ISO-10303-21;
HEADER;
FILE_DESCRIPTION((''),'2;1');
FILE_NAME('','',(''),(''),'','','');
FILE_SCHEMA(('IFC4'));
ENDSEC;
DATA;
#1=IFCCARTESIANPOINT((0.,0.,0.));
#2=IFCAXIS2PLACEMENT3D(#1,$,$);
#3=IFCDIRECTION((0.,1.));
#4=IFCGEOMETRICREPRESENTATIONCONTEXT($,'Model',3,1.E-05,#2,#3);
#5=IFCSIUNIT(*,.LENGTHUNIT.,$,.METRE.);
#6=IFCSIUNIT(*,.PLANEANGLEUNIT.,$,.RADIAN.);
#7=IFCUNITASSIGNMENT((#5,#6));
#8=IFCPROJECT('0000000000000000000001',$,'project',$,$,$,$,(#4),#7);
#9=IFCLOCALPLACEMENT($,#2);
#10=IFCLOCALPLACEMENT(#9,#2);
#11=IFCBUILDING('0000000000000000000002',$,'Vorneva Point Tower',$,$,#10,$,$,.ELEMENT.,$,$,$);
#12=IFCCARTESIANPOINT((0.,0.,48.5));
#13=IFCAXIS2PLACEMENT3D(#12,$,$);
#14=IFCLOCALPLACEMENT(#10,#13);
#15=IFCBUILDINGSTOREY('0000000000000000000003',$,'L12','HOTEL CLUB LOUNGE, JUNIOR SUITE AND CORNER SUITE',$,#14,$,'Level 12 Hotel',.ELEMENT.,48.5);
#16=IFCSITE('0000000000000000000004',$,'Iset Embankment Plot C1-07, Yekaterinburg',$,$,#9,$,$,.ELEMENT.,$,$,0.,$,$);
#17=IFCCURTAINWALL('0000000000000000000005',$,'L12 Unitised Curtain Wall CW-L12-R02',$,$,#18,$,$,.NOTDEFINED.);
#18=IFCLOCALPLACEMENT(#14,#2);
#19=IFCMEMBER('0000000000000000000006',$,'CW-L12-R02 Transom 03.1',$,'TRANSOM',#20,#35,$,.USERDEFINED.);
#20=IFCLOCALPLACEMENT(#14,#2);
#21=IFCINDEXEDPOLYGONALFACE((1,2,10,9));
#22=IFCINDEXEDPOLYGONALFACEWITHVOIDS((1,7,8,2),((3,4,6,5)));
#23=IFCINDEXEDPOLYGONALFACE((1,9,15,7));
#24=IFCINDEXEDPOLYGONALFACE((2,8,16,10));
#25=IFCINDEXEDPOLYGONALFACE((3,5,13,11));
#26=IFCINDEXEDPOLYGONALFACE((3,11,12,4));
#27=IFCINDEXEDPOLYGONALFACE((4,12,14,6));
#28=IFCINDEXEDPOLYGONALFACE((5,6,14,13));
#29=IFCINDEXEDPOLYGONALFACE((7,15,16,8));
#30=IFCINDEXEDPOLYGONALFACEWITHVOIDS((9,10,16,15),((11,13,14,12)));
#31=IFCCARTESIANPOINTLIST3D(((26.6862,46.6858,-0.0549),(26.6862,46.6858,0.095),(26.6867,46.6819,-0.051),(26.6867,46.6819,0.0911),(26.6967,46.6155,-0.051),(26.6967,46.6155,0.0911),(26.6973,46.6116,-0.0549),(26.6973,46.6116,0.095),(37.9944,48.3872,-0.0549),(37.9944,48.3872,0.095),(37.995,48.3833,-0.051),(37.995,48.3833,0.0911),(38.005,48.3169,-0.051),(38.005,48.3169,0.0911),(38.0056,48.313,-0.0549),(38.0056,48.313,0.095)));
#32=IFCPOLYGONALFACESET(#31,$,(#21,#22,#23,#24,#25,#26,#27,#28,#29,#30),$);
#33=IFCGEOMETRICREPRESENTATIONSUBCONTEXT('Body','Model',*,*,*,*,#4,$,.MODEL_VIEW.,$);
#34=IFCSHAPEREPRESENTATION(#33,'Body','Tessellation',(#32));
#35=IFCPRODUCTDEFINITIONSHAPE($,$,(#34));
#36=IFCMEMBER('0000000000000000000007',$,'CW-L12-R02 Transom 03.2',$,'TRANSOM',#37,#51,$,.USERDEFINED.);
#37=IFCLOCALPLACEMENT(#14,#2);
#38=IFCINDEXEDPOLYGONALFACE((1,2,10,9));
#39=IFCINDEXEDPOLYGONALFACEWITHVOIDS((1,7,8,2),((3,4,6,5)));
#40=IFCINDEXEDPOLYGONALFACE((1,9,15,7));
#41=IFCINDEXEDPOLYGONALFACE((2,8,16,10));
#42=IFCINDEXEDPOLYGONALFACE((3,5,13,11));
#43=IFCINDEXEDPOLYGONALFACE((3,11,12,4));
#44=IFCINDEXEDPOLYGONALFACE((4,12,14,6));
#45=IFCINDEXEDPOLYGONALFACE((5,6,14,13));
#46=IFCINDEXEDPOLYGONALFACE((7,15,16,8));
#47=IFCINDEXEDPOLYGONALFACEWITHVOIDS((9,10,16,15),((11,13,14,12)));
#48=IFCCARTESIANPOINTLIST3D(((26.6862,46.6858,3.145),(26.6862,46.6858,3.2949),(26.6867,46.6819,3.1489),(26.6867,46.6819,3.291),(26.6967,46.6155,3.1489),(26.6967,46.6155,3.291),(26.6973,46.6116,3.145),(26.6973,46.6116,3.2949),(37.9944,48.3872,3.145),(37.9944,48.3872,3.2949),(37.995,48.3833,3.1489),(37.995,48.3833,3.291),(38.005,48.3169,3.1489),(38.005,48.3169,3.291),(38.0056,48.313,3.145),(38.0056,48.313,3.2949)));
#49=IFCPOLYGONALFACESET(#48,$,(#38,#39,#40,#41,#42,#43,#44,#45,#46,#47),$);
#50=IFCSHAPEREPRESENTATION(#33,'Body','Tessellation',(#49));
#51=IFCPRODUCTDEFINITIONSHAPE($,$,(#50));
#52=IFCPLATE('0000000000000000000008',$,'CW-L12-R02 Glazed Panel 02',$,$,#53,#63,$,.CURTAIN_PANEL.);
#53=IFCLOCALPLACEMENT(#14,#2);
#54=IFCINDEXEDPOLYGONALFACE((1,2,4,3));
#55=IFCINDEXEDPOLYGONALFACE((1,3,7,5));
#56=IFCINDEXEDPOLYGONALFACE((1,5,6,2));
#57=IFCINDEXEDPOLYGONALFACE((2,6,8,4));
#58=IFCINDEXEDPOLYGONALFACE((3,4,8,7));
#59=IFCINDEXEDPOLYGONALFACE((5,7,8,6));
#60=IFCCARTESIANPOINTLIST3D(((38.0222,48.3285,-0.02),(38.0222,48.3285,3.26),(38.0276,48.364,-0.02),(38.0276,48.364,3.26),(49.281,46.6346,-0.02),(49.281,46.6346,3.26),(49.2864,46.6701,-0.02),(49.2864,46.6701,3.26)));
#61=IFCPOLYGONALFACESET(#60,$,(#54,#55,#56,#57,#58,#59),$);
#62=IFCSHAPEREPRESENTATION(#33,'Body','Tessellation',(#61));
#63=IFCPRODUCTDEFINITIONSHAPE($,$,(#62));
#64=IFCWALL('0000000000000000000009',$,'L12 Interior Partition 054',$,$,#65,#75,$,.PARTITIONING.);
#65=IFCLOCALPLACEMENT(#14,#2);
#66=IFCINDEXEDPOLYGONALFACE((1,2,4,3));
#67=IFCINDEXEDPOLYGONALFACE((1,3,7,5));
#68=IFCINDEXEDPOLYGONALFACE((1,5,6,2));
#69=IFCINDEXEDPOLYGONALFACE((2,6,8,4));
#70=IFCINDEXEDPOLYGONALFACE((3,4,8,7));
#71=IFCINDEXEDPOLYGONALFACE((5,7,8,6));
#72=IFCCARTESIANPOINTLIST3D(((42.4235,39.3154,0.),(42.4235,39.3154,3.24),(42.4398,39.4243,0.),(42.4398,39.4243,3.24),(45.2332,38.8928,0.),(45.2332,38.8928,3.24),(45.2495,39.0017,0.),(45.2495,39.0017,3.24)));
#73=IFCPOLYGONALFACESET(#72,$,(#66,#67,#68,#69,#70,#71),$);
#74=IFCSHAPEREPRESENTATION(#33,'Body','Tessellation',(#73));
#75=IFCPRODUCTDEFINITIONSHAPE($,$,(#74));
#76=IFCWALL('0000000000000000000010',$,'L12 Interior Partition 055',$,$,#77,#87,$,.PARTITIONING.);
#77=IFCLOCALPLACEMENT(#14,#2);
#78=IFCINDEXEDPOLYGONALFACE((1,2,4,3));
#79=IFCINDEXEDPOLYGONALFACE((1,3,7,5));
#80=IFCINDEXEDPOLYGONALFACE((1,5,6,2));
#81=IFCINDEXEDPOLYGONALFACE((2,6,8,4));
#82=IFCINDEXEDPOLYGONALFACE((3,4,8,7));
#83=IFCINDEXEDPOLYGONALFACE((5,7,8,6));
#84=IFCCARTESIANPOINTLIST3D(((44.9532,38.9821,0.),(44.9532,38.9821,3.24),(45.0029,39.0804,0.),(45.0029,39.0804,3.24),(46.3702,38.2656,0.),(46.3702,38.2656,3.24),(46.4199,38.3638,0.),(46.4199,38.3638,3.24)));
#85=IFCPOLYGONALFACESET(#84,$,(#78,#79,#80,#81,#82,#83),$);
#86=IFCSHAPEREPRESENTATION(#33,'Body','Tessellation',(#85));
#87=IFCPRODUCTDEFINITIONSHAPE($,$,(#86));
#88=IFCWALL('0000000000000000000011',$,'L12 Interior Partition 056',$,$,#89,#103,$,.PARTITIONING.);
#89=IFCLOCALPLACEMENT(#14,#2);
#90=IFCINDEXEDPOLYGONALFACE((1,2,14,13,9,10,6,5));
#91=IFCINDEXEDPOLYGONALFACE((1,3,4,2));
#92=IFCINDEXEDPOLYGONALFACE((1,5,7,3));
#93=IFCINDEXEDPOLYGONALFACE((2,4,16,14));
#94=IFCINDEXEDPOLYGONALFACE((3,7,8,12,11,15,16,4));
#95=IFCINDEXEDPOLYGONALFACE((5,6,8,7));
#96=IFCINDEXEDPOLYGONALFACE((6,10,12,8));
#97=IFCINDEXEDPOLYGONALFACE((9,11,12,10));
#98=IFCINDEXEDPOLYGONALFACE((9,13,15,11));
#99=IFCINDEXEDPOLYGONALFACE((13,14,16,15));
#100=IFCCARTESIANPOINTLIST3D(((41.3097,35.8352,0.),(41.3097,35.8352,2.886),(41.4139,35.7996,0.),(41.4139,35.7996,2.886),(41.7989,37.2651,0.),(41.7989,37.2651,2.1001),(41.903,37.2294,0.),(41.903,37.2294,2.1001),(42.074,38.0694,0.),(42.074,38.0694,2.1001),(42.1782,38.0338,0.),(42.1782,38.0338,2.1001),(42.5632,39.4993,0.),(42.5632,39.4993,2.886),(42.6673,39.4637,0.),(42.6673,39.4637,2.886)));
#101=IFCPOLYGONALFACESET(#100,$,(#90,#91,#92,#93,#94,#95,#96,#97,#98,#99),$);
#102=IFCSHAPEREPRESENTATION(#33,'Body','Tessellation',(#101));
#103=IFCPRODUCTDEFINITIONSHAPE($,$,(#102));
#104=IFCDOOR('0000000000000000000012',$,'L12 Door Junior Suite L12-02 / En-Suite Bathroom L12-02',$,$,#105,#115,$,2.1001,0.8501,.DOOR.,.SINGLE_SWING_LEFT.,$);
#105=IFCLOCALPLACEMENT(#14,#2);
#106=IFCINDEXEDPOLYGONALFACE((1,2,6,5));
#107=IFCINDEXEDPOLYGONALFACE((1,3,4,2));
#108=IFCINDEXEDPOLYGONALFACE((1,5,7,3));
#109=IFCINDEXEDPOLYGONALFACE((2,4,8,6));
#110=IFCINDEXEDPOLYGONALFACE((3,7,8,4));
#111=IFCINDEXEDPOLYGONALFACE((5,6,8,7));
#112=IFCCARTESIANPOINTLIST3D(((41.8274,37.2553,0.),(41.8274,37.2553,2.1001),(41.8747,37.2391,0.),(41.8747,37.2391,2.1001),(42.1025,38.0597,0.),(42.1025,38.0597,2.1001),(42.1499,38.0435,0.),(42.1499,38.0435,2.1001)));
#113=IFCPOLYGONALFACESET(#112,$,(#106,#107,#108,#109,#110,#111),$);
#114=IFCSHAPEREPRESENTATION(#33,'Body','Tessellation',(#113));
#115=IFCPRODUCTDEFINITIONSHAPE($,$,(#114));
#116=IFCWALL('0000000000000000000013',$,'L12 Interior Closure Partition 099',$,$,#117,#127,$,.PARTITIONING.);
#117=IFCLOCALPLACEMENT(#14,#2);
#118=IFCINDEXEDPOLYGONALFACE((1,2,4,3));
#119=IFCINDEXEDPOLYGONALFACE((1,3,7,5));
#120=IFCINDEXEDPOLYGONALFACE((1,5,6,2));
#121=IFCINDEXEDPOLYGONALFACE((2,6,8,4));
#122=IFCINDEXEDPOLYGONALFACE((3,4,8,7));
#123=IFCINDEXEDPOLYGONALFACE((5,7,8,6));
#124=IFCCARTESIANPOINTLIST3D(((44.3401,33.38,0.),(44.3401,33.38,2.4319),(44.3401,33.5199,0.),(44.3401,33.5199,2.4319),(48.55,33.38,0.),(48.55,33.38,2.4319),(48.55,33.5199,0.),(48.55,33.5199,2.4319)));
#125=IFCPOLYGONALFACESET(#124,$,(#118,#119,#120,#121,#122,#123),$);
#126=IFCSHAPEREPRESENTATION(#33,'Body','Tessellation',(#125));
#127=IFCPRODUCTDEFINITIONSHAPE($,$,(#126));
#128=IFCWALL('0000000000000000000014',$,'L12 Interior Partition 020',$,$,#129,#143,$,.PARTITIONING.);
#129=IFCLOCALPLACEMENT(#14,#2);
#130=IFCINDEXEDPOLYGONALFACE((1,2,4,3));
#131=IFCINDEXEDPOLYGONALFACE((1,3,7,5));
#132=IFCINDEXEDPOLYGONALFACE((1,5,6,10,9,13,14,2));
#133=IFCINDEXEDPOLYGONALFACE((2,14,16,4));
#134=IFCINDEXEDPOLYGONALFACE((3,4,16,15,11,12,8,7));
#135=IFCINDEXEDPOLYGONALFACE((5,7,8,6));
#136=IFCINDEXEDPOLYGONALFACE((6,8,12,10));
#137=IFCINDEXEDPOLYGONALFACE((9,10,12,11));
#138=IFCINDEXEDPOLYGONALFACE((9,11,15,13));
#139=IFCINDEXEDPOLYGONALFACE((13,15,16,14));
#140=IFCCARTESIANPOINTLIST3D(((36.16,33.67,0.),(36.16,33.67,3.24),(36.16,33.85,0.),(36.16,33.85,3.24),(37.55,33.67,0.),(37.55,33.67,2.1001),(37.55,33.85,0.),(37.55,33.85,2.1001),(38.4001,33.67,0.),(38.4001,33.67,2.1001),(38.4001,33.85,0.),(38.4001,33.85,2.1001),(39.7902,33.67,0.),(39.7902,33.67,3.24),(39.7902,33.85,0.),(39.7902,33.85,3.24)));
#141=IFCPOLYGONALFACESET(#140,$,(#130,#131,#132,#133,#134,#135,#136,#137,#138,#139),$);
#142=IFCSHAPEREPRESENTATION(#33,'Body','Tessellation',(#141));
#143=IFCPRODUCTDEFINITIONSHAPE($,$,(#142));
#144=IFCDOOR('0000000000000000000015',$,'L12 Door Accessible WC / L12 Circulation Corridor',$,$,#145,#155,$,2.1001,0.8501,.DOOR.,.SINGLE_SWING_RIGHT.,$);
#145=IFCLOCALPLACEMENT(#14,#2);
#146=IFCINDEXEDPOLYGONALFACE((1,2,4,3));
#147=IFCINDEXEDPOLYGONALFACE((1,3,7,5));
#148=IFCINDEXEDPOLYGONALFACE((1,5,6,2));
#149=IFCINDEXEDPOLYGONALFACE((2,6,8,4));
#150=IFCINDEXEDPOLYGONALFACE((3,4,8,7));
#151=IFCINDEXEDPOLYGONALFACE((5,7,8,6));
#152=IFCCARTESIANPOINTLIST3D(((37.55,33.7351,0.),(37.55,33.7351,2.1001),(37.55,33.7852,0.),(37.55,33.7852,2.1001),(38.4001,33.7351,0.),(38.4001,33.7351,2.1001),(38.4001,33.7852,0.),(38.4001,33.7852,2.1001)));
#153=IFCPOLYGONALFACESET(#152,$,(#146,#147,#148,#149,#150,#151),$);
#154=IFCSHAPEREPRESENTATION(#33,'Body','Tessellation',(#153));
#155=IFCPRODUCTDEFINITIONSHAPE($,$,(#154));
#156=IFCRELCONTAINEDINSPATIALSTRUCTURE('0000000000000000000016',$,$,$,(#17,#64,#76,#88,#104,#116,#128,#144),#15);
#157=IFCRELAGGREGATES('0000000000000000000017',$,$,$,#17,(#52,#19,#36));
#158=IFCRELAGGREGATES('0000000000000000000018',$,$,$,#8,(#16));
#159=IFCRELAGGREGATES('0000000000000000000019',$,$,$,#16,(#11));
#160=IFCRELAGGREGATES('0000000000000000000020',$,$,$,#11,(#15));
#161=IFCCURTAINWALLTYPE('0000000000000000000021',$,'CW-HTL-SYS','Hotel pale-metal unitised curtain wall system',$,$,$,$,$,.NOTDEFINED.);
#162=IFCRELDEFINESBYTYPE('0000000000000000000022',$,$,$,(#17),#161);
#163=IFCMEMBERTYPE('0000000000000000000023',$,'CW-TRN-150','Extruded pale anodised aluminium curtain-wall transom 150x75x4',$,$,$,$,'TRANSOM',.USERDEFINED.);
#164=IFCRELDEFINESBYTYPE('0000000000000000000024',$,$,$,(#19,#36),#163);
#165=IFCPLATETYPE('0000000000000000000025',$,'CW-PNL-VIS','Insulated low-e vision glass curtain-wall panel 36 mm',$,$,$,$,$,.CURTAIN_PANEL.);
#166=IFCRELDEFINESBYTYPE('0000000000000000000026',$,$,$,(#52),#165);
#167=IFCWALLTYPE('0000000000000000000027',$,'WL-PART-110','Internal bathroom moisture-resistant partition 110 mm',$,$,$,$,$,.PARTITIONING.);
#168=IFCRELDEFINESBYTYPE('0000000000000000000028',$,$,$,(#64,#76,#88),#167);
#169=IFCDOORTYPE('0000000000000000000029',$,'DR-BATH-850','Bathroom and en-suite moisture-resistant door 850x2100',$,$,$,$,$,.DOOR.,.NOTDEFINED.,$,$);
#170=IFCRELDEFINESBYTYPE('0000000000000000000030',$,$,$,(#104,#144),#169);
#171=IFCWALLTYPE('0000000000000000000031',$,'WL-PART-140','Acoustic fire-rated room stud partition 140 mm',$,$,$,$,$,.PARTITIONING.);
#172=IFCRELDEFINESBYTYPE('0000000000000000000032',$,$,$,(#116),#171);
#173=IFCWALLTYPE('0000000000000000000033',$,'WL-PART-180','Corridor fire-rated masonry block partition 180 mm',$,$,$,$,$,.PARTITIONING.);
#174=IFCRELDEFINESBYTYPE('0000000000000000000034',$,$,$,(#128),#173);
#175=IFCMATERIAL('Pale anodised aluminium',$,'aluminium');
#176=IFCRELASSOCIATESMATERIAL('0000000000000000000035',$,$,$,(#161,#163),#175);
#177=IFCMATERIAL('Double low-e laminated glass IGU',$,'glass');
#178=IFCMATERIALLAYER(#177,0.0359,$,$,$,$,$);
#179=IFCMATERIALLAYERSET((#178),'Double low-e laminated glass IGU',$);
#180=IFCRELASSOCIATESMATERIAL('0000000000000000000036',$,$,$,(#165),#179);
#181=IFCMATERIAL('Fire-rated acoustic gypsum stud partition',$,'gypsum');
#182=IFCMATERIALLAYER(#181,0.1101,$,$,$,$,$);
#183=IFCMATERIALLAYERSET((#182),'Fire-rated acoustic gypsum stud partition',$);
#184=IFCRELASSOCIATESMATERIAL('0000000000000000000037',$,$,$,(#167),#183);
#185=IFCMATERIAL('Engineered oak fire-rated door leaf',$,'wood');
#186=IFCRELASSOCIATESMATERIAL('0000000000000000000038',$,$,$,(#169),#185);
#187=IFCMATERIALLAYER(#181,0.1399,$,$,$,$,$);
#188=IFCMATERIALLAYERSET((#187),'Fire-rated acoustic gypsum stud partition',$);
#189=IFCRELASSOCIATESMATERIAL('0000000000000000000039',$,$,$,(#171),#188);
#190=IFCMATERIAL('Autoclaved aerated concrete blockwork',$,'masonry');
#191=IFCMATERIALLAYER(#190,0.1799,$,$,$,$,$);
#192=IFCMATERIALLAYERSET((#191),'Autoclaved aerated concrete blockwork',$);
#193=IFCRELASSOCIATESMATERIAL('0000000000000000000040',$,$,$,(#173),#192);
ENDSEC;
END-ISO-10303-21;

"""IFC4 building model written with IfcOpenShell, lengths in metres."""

from ifc_helpers import new_model, si_unit, direction, frame, frame_2d, origin, origin_2d, place, context, subcontext, project, spatial, rectangle, hollow_rectangle, extrude, material, layer, layer_set, material_profile, profile_set, type_object, element, fill, aggregate, save


model = new_model("IFC4")

# Units and contexts
model_context = context("Model", 3, precision=1e-05, world=origin(), true_north=direction((0.0, 1.0)))
body_context = subcontext(model_context, "Body", "Model", "MODEL_VIEW")
ifc_project = project(units=[si_unit("LENGTHUNIT", "METRE"), si_unit("PLANEANGLEUNIT", "RADIAN")], contexts=[model_context])

# Site, building, storey
site_placement = place(None, origin())
site = spatial("IfcSite", under=ifc_project, at=site_placement, Name="Iset Embankment Plot C1-07, Yekaterinburg", CompositionType="ELEMENT", RefElevation=0.0)
building_placement = place(site_placement, origin())
building = spatial("IfcBuilding", under=site, at=building_placement, Name="Vorneva Point Tower", CompositionType="ELEMENT")
storey_placement = place(building_placement, frame((0.0, 0.0, 48.5)))
storey = spatial("IfcBuildingStorey", under=building, at=storey_placement, Name="L12", Description="HOTEL CLUB LOUNGE, JUNIOR SUITE AND CORNER SUITE", LongName="Level 12 Hotel", CompositionType="ELEMENT", Elevation=48.5)

# Curtain wall, members, plate
ifc_material_1 = material(Name="Pale anodised aluminium", Category="aluminium")
curtain_wall_type = type_object("IfcCurtainWallType", Name="CW-HTL-SYS", Description="Hotel pale-metal unitised curtain wall system", PredefinedType="NOTDEFINED", material=ifc_material_1)
curtain_wall_placement = place(storey_placement, origin())
curtain_wall = element("IfcCurtainWall", 1, at=curtain_wall_placement, inside=storey, type_object=curtain_wall_type, Name="L12 Unitised Curtain Wall CW-L12-R02", PredefinedType="NOTDEFINED")
ifc_material_profile_1 = material_profile(ifc_material_1, hollow_rectangle(XDim=0.075, YDim=0.1499, WallThickness=0.0039, at=origin_2d()), Name="AL-TRN 150x75x4")
ifc_profile_set_1 = profile_set([ifc_material_profile_1], Name="Pale anodised aluminium")
member_type_1 = type_object("IfcMemberType", Name="CW-TRN-150", Description="Extruded pale anodised aluminium curtain-wall transom 150x75x4", ElementType="TRANSOM", PredefinedType="USERDEFINED", material=ifc_profile_set_1)
member_1_placement = place(storey_placement, frame((38.0, 48.3501, 0.02), z_axis=(-0.98887, -0.148782, 0.0), x_axis=(0.148782, -0.98887, 0.0)))
member_1 = element("IfcMember", 2, at=member_1_placement, type_object=member_type_1, Name="CW-L12-R02 Transom 03.1", ObjectType="TRANSOM", PredefinedType="USERDEFINED", context=body_context, shape_type="SweptSolid", body=[
    extrude(hollow_rectangle(XDim=0.075, YDim=0.1499, WallThickness=0.0039, at=origin_2d()), origin(), (0.0, 0.0, 1.0), 11.4355),
])
member_2_placement = place(storey_placement, frame((38.0, 48.3501, 3.22), z_axis=(-0.98887, -0.148782, 0.0), x_axis=(0.148782, -0.98887, 0.0)))
member_2 = element("IfcMember", 3, at=member_2_placement, type_object=member_type_1, Name="CW-L12-R02 Transom 03.2", ObjectType="TRANSOM", PredefinedType="USERDEFINED", context=body_context, shape_type="SweptSolid", body=[
    extrude(hollow_rectangle(XDim=0.075, YDim=0.1499, WallThickness=0.0039, at=origin_2d()), origin(), (0.0, 0.0, 1.0), 11.4355),
])
ifc_material_2 = material(Name="Double low-e laminated glass IGU", Category="glass")
ifc_layer_1 = layer(ifc_material_2, 0.0359)
ifc_layer_set_1 = layer_set([ifc_layer_1], Name="Double low-e laminated glass IGU")
plate_type = type_object("IfcPlateType", Name="CW-PNL-VIS", Description="Insulated low-e vision glass curtain-wall panel 36 mm", PredefinedType="CURTAIN_PANEL", material=ifc_layer_set_1)
plate_placement = place(storey_placement, frame((43.6543, 47.4993, -0.02), z_axis=(0.0, 0.0, 1.0), x_axis=(-0.988871, 0.148776, 0.0)))
plate = element("IfcPlate", 4, at=plate_placement, type_object=plate_type, Name="CW-L12-R02 Glazed Panel 02", PredefinedType="CURTAIN_PANEL", context=body_context, shape_type="SweptSolid", body=[
    extrude(rectangle(XDim=11.3855, YDim=0.0359, at=origin_2d()), origin(), (0.0, 0.0, 1.0), 3.28),
])
aggregate(curtain_wall, [plate, member_1, member_2])

# Walls
ifc_material_3 = material(Name="Fire-rated acoustic gypsum stud partition", Category="gypsum")
ifc_layer_2 = layer(ifc_material_3, 0.1101)
ifc_layer_set_2 = layer_set([ifc_layer_2], Name="Fire-rated acoustic gypsum stud partition")
wall_type_1 = type_object("IfcWallType", Name="WL-PART-110", Description="Internal bathroom moisture-resistant partition 110 mm", PredefinedType="PARTITIONING", material=ifc_layer_set_2)
wall_1_placement = place(storey_placement, frame((42.4316, 39.3699, 0.0), z_axis=(0.0, 0.0, 1.0), x_axis=(0.988878, -0.148731, 0.0)))
element("IfcWall", 5, at=wall_1_placement, inside=storey, type_object=wall_type_1, Name="L12 Interior Partition 054", PredefinedType="PARTITIONING", context=body_context, shape_type="SweptSolid", body=[
    extrude(rectangle(XDim=2.8413, YDim=0.1101, at=frame_2d((1.4207, 0.0))), origin(), (0.0, 0.0, 1.0), 3.24),
])
wall_2_placement = place(storey_placement, frame((44.978, 39.0312, 0.0), z_axis=(0.0, 0.0, 1.0), x_axis=(0.892388, -0.451268, 0.0)))
element("IfcWall", 6, at=wall_2_placement, inside=storey, type_object=wall_type_1, Name="L12 Interior Partition 055", PredefinedType="PARTITIONING", context=body_context, shape_type="SweptSolid", body=[
    extrude(rectangle(XDim=1.5879, YDim=0.1101, at=frame_2d((0.7939, 0.0))), origin(), (0.0, 0.0, 1.0), 3.24),
])

# Wall, opening, door
wall_3_placement = place(storey_placement, frame((41.3618, 35.8174, 0.0), z_axis=(0.0, 0.0, 1.0), x_axis=(0.32367, 0.94617, 0.0)))
wall_3 = element("IfcWall", 7, at=wall_3_placement, inside=storey, type_object=wall_type_1, Name="L12 Interior Partition 056", PredefinedType="PARTITIONING", context=body_context, shape_type="SweptSolid", body=[
    extrude(rectangle(XDim=3.8726, YDim=0.1101, at=frame_2d((1.9363, 0.0))), origin(), (0.0, 0.0, 1.0), 2.886),
])
opening_1_placement = place(wall_3_placement, frame((1.5112, 0.0, 0.0)))
opening_1 = element("IfcOpeningElement", 8, at=opening_1_placement, cuts=wall_3, PredefinedType="OPENING", context=body_context, shape_type="SweptSolid", body=[
    extrude(rectangle(XDim=0.8501, YDim=2.1001, at=frame_2d((0.425, 1.05))), frame((0.0, 0.0698, 0.0), z_axis=(0.0, -1.0, 0.0), x_axis=(1.0, 0.0, 0.0)), (0.0, 0.0, 1.0), 0.1399),
])
ifc_material_4 = material(Name="Engineered oak fire-rated door leaf", Category="wood")
door_type_1 = type_object("IfcDoorType", Name="DR-BATH-850", Description="Bathroom and en-suite moisture-resistant door 850x2100", OperationType="NOTDEFINED", PredefinedType="DOOR", material=ifc_material_4)
door_1_placement = place(opening_1_placement, origin())
door_1 = element("IfcDoor", 9, at=door_1_placement, inside=storey, type_object=door_type_1, Name="L12 Door Junior Suite L12-02 / En-Suite Bathroom L12-02", OperationType="SINGLE_SWING_LEFT", OverallHeight=2.1001, OverallWidth=0.8501, PredefinedType="DOOR", context=body_context, shape_type="SweptSolid", body=[
    extrude(rectangle(XDim=0.8501, YDim=2.1001, at=frame_2d((0.425, 1.05))), frame((0.0, 0.0249, 0.0), z_axis=(0.0, -1.0, 0.0), x_axis=(1.0, 0.0, 0.0)), (0.0, 0.0, 1.0), 0.05),
])
fill(opening_1, door_1)

# Wall
ifc_layer_3 = layer(ifc_material_3, 0.1399)
ifc_layer_set_3 = layer_set([ifc_layer_3], Name="Fire-rated acoustic gypsum stud partition")
wall_type_2 = type_object("IfcWallType", Name="WL-PART-140", Description="Acoustic fire-rated room stud partition 140 mm", PredefinedType="PARTITIONING", material=ifc_layer_set_3)
wall_4_placement = place(storey_placement, frame((44.3401, 33.45, 0.0), z_axis=(0.0, 0.0, 1.0), x_axis=(1.0, 0.0, 0.0)))
element("IfcWall", 10, at=wall_4_placement, inside=storey, type_object=wall_type_2, Name="L12 Interior Closure Partition 099", PredefinedType="PARTITIONING", context=body_context, shape_type="SweptSolid", body=[
    extrude(rectangle(XDim=4.21, YDim=0.1399, at=frame_2d((2.105, 0.0))), origin(), (0.0, 0.0, 1.0), 2.4319),
])

# Wall, opening, door
ifc_material_5 = material(Name="Autoclaved aerated concrete blockwork", Category="masonry")
ifc_layer_4 = layer(ifc_material_5, 0.1799)
ifc_layer_set_4 = layer_set([ifc_layer_4], Name="Autoclaved aerated concrete blockwork")
wall_type_3 = type_object("IfcWallType", Name="WL-PART-180", Description="Corridor fire-rated masonry block partition 180 mm", PredefinedType="PARTITIONING", material=ifc_layer_set_4)
wall_5_placement = place(storey_placement, frame((39.79, 33.76, 0.0), z_axis=(0.0, 0.0, 1.0), x_axis=(-1.0, 0.0, 0.0)))
wall_5 = element("IfcWall", 11, at=wall_5_placement, inside=storey, type_object=wall_type_3, Name="L12 Interior Partition 020", PredefinedType="PARTITIONING", context=body_context, shape_type="SweptSolid", body=[
    extrude(rectangle(XDim=3.6301, YDim=0.1799, at=frame_2d((1.8149, 0.0))), origin(), (0.0, 0.0, 1.0), 3.24),
])
opening_2_placement = place(wall_5_placement, frame((1.3899, 0.0, 0.0)))
opening_2 = element("IfcOpeningElement", 12, at=opening_2_placement, cuts=wall_5, PredefinedType="OPENING", context=body_context, shape_type="SweptSolid", body=[
    extrude(rectangle(XDim=0.8501, YDim=2.1001, at=frame_2d((0.425, 1.05))), frame((0.0, 0.105, 0.0), z_axis=(0.0, -1.0, 0.0), x_axis=(1.0, 0.0, 0.0)), (0.0, 0.0, 1.0), 0.2097),
])
door_2_placement = place(opening_2_placement, origin())
door_2 = element("IfcDoor", 13, at=door_2_placement, inside=storey, type_object=door_type_1, Name="L12 Door Accessible WC / L12 Circulation Corridor", OperationType="SINGLE_SWING_RIGHT", OverallHeight=2.1001, OverallWidth=0.8501, PredefinedType="DOOR", context=body_context, shape_type="SweptSolid", body=[
    extrude(rectangle(XDim=0.8501, YDim=2.1001, at=frame_2d((0.425, 1.05))), frame((0.0, 0.0249, 0.0), z_axis=(0.0, -1.0, 0.0), x_axis=(1.0, 0.0, 0.0)), (0.0, 0.0, 1.0), 0.05),
])
fill(opening_2, door_2)

save(model, "model.ifc")
